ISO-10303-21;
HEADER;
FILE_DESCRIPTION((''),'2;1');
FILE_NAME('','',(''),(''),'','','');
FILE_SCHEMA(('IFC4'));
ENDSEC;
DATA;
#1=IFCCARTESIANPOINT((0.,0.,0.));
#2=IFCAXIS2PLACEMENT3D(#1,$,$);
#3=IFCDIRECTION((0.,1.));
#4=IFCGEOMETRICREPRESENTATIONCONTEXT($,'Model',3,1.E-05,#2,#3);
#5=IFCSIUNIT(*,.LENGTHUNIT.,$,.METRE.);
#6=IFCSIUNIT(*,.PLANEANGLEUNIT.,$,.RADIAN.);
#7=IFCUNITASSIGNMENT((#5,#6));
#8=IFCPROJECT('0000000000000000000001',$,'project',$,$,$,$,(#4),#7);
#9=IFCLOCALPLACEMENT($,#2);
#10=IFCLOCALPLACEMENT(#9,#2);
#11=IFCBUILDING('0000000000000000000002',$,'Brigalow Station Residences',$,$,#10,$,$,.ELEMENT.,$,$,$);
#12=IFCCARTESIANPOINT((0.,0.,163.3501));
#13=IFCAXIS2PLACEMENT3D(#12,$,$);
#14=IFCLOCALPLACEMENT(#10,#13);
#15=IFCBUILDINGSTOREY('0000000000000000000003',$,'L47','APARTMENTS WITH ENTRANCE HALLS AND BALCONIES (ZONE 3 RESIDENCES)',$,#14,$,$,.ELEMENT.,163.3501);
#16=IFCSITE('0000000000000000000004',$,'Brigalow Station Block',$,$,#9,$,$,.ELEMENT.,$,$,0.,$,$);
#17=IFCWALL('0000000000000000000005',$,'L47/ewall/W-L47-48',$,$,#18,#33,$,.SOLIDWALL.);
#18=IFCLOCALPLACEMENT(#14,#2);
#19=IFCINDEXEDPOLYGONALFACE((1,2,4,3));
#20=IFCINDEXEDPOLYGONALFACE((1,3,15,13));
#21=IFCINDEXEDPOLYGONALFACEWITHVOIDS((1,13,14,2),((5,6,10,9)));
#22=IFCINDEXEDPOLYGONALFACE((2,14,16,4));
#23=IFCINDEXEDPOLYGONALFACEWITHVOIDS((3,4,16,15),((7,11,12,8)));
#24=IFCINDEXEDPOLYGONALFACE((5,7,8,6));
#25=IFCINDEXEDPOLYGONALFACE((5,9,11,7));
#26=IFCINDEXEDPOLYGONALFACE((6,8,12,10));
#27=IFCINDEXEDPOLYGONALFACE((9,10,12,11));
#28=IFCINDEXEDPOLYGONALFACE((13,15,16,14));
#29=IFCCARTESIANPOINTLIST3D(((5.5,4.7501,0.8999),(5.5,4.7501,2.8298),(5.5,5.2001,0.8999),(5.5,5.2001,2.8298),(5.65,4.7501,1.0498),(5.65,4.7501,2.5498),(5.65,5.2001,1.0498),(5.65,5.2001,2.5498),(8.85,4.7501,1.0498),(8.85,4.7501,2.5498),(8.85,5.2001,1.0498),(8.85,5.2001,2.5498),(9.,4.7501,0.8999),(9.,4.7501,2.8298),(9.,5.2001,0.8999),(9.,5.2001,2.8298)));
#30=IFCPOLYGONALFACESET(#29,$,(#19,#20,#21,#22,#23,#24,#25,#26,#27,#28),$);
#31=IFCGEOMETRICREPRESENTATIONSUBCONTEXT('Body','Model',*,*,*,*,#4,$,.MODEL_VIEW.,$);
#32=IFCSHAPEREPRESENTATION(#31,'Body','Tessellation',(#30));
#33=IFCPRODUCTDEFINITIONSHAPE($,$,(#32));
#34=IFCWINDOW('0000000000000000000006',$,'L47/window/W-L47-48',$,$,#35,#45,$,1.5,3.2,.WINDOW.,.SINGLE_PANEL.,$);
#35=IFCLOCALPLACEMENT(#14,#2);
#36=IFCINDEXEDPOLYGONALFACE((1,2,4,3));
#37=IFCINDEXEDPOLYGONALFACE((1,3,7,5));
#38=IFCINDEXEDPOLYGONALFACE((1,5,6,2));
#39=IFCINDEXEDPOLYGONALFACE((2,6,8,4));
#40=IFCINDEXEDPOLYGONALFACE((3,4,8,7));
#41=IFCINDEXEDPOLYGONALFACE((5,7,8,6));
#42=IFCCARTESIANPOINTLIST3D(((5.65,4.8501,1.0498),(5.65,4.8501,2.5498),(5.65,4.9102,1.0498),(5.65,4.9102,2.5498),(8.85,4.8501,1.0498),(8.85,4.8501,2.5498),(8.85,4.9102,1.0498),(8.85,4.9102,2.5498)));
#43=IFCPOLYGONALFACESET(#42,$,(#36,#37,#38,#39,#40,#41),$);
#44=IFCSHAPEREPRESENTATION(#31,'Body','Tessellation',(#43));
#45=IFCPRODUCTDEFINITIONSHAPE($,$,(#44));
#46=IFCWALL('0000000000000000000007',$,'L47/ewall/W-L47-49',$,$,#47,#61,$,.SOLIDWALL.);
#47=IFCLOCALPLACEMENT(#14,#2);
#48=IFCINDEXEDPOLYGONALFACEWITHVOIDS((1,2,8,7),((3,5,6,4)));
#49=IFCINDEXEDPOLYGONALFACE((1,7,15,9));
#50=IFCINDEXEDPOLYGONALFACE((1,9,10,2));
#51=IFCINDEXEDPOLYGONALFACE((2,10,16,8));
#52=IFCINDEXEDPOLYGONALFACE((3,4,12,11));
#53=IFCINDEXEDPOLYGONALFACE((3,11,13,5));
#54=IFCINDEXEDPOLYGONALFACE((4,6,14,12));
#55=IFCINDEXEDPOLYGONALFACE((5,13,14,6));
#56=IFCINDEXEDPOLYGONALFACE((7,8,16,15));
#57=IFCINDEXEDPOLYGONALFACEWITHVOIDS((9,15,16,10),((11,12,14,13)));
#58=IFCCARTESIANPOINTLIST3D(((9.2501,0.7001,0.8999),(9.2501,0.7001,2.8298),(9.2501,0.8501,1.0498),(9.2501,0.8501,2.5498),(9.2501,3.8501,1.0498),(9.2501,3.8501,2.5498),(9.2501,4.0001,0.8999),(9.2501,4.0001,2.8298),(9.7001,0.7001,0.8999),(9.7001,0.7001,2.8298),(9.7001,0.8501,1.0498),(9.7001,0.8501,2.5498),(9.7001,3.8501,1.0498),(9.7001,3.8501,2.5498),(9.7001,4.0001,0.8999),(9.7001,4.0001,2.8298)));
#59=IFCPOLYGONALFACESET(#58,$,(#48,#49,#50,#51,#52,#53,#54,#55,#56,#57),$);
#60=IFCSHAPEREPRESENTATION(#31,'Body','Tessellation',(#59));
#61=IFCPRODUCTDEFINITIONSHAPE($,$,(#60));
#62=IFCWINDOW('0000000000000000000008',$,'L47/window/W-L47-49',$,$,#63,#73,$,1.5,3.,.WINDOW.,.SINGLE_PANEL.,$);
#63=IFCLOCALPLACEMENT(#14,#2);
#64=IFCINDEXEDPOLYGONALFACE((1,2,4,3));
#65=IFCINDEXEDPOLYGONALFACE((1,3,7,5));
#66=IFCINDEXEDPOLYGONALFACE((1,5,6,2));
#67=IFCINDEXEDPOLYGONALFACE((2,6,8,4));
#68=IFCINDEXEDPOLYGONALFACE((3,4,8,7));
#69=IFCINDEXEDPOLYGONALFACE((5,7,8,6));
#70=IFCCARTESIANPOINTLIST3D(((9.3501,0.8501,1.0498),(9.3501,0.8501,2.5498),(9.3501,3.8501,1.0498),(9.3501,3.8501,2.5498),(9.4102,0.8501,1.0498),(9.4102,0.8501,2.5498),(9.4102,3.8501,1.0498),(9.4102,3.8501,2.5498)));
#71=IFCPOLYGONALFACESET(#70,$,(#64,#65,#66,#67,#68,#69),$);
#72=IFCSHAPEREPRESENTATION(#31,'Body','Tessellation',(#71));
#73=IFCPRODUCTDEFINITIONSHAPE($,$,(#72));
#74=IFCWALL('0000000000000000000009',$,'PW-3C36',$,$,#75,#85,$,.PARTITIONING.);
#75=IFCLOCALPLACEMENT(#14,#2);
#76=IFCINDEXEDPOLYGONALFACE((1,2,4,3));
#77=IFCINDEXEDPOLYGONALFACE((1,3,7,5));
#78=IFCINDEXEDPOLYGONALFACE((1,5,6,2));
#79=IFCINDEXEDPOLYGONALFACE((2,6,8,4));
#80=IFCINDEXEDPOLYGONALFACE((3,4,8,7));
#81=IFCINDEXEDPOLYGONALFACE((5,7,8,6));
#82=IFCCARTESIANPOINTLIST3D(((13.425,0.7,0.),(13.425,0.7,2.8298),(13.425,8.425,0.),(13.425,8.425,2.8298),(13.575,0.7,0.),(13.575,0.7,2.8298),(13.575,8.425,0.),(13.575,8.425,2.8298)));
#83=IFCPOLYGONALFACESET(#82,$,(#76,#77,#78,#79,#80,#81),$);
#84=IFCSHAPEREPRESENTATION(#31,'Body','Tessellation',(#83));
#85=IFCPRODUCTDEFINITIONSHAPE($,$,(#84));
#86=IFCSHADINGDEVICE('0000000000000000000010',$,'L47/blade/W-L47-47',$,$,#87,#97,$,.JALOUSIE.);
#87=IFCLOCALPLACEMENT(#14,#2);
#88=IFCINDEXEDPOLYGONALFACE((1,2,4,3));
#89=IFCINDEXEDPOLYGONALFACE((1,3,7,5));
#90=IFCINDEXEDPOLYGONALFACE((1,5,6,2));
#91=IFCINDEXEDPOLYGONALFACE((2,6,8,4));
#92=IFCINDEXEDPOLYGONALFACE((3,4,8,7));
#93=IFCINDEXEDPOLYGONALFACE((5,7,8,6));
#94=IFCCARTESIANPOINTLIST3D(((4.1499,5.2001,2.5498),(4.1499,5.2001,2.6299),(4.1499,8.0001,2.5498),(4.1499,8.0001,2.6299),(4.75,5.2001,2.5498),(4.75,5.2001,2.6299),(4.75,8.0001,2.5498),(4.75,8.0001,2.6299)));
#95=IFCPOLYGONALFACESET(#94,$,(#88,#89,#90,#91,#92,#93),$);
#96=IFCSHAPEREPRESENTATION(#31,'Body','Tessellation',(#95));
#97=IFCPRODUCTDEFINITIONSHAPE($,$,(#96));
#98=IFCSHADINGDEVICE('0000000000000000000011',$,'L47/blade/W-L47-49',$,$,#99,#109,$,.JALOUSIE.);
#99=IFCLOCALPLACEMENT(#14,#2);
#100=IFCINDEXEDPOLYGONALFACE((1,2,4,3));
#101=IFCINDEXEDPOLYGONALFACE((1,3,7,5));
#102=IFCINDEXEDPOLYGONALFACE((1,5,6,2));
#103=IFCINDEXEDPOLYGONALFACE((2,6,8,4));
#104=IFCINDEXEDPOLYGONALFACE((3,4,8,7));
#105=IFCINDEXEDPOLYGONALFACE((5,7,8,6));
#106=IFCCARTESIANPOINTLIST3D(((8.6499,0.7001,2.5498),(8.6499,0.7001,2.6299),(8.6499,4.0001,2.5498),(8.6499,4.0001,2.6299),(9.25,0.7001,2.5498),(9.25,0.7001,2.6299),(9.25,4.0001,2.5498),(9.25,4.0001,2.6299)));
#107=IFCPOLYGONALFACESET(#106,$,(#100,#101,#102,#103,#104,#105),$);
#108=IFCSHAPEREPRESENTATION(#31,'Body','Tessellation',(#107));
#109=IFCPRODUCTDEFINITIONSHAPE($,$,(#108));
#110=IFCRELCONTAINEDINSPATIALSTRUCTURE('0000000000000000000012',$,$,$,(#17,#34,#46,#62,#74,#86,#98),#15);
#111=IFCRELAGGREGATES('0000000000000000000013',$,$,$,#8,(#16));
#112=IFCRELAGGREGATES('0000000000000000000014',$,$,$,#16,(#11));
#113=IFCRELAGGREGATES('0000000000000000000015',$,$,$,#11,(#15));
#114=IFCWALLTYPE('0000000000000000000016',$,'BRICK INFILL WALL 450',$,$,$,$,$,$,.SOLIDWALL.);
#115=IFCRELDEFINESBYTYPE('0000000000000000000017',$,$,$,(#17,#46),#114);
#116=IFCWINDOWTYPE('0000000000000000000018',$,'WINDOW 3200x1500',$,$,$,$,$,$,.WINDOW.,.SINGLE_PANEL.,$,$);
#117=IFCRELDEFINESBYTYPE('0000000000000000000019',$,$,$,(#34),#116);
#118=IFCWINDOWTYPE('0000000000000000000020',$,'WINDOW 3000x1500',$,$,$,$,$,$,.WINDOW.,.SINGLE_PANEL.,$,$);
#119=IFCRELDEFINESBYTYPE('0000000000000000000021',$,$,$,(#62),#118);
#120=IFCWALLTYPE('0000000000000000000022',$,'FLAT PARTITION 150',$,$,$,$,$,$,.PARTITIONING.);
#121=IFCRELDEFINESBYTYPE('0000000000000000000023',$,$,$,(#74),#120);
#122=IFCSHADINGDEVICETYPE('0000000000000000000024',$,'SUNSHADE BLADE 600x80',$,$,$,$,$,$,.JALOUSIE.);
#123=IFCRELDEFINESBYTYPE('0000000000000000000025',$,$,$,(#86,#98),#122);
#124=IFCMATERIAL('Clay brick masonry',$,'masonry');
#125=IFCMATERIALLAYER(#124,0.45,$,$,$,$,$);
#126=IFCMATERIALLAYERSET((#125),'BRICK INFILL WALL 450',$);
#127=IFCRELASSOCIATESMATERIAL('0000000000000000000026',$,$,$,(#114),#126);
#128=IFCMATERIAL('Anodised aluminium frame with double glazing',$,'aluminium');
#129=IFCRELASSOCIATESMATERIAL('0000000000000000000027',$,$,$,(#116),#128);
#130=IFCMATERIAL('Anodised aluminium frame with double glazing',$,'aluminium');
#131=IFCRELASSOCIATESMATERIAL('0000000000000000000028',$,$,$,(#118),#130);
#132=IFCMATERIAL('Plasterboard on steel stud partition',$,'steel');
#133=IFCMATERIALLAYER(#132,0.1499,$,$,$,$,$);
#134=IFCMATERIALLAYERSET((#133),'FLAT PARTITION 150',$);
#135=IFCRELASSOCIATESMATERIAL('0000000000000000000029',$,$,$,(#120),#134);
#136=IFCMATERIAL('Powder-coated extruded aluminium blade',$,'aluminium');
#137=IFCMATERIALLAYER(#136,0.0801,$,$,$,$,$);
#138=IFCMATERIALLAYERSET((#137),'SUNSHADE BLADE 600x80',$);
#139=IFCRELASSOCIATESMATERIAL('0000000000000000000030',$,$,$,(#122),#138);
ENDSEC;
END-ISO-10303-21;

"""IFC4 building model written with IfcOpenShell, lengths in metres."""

from ifc_helpers import new_model, si_unit, direction, frame, frame_2d, origin, origin_2d, place, context, subcontext, project, spatial, rectangle, extrude, material, layer, layer_set, type_object, element, fill, save


model = new_model("IFC4")

# Units and contexts
model_context = context("Model", 3, precision=1e-05, world=origin(), true_north=direction((0.0, 1.0)))
body_context = subcontext(model_context, "Body", "Model", "MODEL_VIEW")
ifc_project = project(units=[si_unit("LENGTHUNIT", "METRE"), si_unit("PLANEANGLEUNIT", "RADIAN")], contexts=[model_context])

# Site, building, storey
site_placement = place(None, origin())
site = spatial("IfcSite", under=ifc_project, at=site_placement, Name="Brigalow Station Block", CompositionType="ELEMENT", RefElevation=0.0)
building_placement = place(site_placement, origin())
building = spatial("IfcBuilding", under=site, at=building_placement, Name="Brigalow Station Residences", CompositionType="ELEMENT")
storey_placement = place(building_placement, frame((0.0, 0.0, 163.3501)))
storey = spatial("IfcBuildingStorey", under=building, at=storey_placement, Name="L47", Description="APARTMENTS WITH ENTRANCE HALLS AND BALCONIES (ZONE 3 RESIDENCES)", CompositionType="ELEMENT", Elevation=163.3501)

# Walls, openings, windows
ifc_material_1 = material(Name="Clay brick masonry", Category="masonry")
ifc_layer_1 = layer(ifc_material_1, 0.45)
ifc_layer_set_1 = layer_set([ifc_layer_1], Name="BRICK INFILL WALL 450")
wall_type_1 = type_object("IfcWallType", Name="BRICK INFILL WALL 450", PredefinedType="SOLIDWALL", material=ifc_layer_set_1)
wall_1_placement = place(storey_placement, frame((5.5, 4.9751, 0.8999), z_axis=(0.0, 0.0, 1.0), x_axis=(1.0, 0.0, 0.0)))
wall_1 = element("IfcWall", 1, at=wall_1_placement, inside=storey, type_object=wall_type_1, Name="L47/ewall/W-L47-48", PredefinedType="SOLIDWALL", context=body_context, shape_type="SweptSolid", body=[
    extrude(rectangle(XDim=3.5, YDim=0.45, at=frame_2d((1.75, 0.0))), origin(), (0.0, 0.0, 1.0), 1.9299),
])
opening_1_placement = place(wall_1_placement, frame((0.1499, 0.0, 0.1499)))
opening_1 = element("IfcOpeningElement", 2, at=opening_1_placement, cuts=wall_1, PredefinedType="OPENING", context=body_context, shape_type="SweptSolid", body=[
    extrude(rectangle(XDim=3.2, YDim=1.5, at=frame_2d((1.6001, 0.75))), frame((0.0, 0.2349, 0.0), z_axis=(0.0, -1.0, 0.0), x_axis=(1.0, 0.0, 0.0)), (0.0, 0.0, 1.0), 0.47),
])
ifc_material_2 = material(Name="Anodised aluminium frame with double glazing", Category="aluminium")
window_type_1 = type_object("IfcWindowType", Name="WINDOW 3200x1500", PartitioningType="SINGLE_PANEL", PredefinedType="WINDOW", material=ifc_material_2)
window_1_placement = place(opening_1_placement, origin())
window_1 = element("IfcWindow", 3, at=window_1_placement, inside=storey, type_object=window_type_1, Name="L47/window/W-L47-48", OverallHeight=1.5, OverallWidth=3.2, PartitioningType="SINGLE_PANEL", PredefinedType="WINDOW", context=body_context, shape_type="SweptSolid", body=[
    extrude(rectangle(XDim=3.2, YDim=1.5, at=frame_2d((1.6001, 0.75))), frame((0.0, -0.0649, 0.0), z_axis=(0.0, -1.0, 0.0), x_axis=(1.0, 0.0, 0.0)), (0.0, 0.0, 1.0), 0.0601),
])
fill(opening_1, window_1)
wall_2_placement = place(storey_placement, frame((9.4751, 4.0, 0.8999), z_axis=(0.0, 0.0, 1.0), x_axis=(0.0, -1.0, 0.0)))
wall_2 = element("IfcWall", 4, at=wall_2_placement, inside=storey, type_object=wall_type_1, Name="L47/ewall/W-L47-49", PredefinedType="SOLIDWALL", context=body_context, shape_type="SweptSolid", body=[
    extrude(rectangle(XDim=3.3, YDim=0.45, at=frame_2d((1.6499, 0.0))), origin(), (0.0, 0.0, 1.0), 1.9299),
])
opening_2_placement = place(wall_2_placement, frame((0.1499, 0.0, 0.1499)))
opening_2 = element("IfcOpeningElement", 5, at=opening_2_placement, cuts=wall_2, PredefinedType="OPENING", context=body_context, shape_type="SweptSolid", body=[
    extrude(rectangle(XDim=3.0, YDim=1.5, at=frame_2d((1.5, 0.75))), frame((0.0, 0.2349, 0.0), z_axis=(0.0, -1.0, 0.0), x_axis=(1.0, 0.0, 0.0)), (0.0, 0.0, 1.0), 0.47),
])
ifc_material_3 = material(Name="Anodised aluminium frame with double glazing", Category="aluminium")
window_type_2 = type_object("IfcWindowType", Name="WINDOW 3000x1500", PartitioningType="SINGLE_PANEL", PredefinedType="WINDOW", material=ifc_material_3)
window_2_placement = place(opening_2_placement, origin())
window_2 = element("IfcWindow", 6, at=window_2_placement, inside=storey, type_object=window_type_2, Name="L47/window/W-L47-49", OverallHeight=1.5, OverallWidth=3.0, PartitioningType="SINGLE_PANEL", PredefinedType="WINDOW", context=body_context, shape_type="SweptSolid", body=[
    extrude(rectangle(XDim=3.0, YDim=1.5, at=frame_2d((1.5, 0.75))), frame((0.0, -0.0649, 0.0), z_axis=(0.0, -1.0, 0.0), x_axis=(1.0, 0.0, 0.0)), (0.0, 0.0, 1.0), 0.0601),
])
fill(opening_2, window_2)

# Wall
ifc_material_4 = material(Name="Plasterboard on steel stud partition", Category="steel")
ifc_layer_2 = layer(ifc_material_4, 0.1499)
ifc_layer_set_2 = layer_set([ifc_layer_2], Name="FLAT PARTITION 150")
wall_type_2 = type_object("IfcWallType", Name="FLAT PARTITION 150", PredefinedType="PARTITIONING", material=ifc_layer_set_2)
wall_3_placement = place(storey_placement, frame((13.5, 0.7, 0.0), z_axis=(0.0, 0.0, 1.0), x_axis=(0.0, 1.0, 0.0)))
element("IfcWall", 7, at=wall_3_placement, inside=storey, type_object=wall_type_2, Name="PW-3C36", PredefinedType="PARTITIONING", context=body_context, shape_type="SweptSolid", body=[
    extrude(rectangle(XDim=7.7251, YDim=0.1499, at=frame_2d((3.8625, 0.0))), origin(), (0.0, 0.0, 1.0), 2.8298),
])

# Shading devices
ifc_material_5 = material(Name="Powder-coated extruded aluminium blade", Category="aluminium")
ifc_layer_3 = layer(ifc_material_5, 0.0801)
ifc_layer_set_3 = layer_set([ifc_layer_3], Name="SUNSHADE BLADE 600x80")
shading_device_type = type_object("IfcShadingDeviceType", Name="SUNSHADE BLADE 600x80", PredefinedType="JALOUSIE", material=ifc_layer_set_3)
shading_device_1_placement = place(storey_placement, frame((4.45, 6.6001, 2.5498), z_axis=(0.0, 0.0, 1.0), x_axis=(0.0, -1.0, 0.0)))
element("IfcShadingDevice", 8, at=shading_device_1_placement, inside=storey, type_object=shading_device_type, Name="L47/blade/W-L47-47", PredefinedType="JALOUSIE", context=body_context, shape_type="SweptSolid", body=[
    extrude(rectangle(XDim=2.8, YDim=0.6001, at=origin_2d()), origin(), (0.0, 0.0, 1.0), 0.0801),
])
shading_device_2_placement = place(storey_placement, frame((8.95, 2.3501, 2.5498), z_axis=(0.0, 0.0, 1.0), x_axis=(0.0, -1.0, 0.0)))
element("IfcShadingDevice", 9, at=shading_device_2_placement, inside=storey, type_object=shading_device_type, Name="L47/blade/W-L47-49", PredefinedType="JALOUSIE", context=body_context, shape_type="SweptSolid", body=[
    extrude(rectangle(XDim=3.3, YDim=0.6001, at=origin_2d()), origin(), (0.0, 0.0, 1.0), 0.0801),
])

save(model, "model.ifc")
